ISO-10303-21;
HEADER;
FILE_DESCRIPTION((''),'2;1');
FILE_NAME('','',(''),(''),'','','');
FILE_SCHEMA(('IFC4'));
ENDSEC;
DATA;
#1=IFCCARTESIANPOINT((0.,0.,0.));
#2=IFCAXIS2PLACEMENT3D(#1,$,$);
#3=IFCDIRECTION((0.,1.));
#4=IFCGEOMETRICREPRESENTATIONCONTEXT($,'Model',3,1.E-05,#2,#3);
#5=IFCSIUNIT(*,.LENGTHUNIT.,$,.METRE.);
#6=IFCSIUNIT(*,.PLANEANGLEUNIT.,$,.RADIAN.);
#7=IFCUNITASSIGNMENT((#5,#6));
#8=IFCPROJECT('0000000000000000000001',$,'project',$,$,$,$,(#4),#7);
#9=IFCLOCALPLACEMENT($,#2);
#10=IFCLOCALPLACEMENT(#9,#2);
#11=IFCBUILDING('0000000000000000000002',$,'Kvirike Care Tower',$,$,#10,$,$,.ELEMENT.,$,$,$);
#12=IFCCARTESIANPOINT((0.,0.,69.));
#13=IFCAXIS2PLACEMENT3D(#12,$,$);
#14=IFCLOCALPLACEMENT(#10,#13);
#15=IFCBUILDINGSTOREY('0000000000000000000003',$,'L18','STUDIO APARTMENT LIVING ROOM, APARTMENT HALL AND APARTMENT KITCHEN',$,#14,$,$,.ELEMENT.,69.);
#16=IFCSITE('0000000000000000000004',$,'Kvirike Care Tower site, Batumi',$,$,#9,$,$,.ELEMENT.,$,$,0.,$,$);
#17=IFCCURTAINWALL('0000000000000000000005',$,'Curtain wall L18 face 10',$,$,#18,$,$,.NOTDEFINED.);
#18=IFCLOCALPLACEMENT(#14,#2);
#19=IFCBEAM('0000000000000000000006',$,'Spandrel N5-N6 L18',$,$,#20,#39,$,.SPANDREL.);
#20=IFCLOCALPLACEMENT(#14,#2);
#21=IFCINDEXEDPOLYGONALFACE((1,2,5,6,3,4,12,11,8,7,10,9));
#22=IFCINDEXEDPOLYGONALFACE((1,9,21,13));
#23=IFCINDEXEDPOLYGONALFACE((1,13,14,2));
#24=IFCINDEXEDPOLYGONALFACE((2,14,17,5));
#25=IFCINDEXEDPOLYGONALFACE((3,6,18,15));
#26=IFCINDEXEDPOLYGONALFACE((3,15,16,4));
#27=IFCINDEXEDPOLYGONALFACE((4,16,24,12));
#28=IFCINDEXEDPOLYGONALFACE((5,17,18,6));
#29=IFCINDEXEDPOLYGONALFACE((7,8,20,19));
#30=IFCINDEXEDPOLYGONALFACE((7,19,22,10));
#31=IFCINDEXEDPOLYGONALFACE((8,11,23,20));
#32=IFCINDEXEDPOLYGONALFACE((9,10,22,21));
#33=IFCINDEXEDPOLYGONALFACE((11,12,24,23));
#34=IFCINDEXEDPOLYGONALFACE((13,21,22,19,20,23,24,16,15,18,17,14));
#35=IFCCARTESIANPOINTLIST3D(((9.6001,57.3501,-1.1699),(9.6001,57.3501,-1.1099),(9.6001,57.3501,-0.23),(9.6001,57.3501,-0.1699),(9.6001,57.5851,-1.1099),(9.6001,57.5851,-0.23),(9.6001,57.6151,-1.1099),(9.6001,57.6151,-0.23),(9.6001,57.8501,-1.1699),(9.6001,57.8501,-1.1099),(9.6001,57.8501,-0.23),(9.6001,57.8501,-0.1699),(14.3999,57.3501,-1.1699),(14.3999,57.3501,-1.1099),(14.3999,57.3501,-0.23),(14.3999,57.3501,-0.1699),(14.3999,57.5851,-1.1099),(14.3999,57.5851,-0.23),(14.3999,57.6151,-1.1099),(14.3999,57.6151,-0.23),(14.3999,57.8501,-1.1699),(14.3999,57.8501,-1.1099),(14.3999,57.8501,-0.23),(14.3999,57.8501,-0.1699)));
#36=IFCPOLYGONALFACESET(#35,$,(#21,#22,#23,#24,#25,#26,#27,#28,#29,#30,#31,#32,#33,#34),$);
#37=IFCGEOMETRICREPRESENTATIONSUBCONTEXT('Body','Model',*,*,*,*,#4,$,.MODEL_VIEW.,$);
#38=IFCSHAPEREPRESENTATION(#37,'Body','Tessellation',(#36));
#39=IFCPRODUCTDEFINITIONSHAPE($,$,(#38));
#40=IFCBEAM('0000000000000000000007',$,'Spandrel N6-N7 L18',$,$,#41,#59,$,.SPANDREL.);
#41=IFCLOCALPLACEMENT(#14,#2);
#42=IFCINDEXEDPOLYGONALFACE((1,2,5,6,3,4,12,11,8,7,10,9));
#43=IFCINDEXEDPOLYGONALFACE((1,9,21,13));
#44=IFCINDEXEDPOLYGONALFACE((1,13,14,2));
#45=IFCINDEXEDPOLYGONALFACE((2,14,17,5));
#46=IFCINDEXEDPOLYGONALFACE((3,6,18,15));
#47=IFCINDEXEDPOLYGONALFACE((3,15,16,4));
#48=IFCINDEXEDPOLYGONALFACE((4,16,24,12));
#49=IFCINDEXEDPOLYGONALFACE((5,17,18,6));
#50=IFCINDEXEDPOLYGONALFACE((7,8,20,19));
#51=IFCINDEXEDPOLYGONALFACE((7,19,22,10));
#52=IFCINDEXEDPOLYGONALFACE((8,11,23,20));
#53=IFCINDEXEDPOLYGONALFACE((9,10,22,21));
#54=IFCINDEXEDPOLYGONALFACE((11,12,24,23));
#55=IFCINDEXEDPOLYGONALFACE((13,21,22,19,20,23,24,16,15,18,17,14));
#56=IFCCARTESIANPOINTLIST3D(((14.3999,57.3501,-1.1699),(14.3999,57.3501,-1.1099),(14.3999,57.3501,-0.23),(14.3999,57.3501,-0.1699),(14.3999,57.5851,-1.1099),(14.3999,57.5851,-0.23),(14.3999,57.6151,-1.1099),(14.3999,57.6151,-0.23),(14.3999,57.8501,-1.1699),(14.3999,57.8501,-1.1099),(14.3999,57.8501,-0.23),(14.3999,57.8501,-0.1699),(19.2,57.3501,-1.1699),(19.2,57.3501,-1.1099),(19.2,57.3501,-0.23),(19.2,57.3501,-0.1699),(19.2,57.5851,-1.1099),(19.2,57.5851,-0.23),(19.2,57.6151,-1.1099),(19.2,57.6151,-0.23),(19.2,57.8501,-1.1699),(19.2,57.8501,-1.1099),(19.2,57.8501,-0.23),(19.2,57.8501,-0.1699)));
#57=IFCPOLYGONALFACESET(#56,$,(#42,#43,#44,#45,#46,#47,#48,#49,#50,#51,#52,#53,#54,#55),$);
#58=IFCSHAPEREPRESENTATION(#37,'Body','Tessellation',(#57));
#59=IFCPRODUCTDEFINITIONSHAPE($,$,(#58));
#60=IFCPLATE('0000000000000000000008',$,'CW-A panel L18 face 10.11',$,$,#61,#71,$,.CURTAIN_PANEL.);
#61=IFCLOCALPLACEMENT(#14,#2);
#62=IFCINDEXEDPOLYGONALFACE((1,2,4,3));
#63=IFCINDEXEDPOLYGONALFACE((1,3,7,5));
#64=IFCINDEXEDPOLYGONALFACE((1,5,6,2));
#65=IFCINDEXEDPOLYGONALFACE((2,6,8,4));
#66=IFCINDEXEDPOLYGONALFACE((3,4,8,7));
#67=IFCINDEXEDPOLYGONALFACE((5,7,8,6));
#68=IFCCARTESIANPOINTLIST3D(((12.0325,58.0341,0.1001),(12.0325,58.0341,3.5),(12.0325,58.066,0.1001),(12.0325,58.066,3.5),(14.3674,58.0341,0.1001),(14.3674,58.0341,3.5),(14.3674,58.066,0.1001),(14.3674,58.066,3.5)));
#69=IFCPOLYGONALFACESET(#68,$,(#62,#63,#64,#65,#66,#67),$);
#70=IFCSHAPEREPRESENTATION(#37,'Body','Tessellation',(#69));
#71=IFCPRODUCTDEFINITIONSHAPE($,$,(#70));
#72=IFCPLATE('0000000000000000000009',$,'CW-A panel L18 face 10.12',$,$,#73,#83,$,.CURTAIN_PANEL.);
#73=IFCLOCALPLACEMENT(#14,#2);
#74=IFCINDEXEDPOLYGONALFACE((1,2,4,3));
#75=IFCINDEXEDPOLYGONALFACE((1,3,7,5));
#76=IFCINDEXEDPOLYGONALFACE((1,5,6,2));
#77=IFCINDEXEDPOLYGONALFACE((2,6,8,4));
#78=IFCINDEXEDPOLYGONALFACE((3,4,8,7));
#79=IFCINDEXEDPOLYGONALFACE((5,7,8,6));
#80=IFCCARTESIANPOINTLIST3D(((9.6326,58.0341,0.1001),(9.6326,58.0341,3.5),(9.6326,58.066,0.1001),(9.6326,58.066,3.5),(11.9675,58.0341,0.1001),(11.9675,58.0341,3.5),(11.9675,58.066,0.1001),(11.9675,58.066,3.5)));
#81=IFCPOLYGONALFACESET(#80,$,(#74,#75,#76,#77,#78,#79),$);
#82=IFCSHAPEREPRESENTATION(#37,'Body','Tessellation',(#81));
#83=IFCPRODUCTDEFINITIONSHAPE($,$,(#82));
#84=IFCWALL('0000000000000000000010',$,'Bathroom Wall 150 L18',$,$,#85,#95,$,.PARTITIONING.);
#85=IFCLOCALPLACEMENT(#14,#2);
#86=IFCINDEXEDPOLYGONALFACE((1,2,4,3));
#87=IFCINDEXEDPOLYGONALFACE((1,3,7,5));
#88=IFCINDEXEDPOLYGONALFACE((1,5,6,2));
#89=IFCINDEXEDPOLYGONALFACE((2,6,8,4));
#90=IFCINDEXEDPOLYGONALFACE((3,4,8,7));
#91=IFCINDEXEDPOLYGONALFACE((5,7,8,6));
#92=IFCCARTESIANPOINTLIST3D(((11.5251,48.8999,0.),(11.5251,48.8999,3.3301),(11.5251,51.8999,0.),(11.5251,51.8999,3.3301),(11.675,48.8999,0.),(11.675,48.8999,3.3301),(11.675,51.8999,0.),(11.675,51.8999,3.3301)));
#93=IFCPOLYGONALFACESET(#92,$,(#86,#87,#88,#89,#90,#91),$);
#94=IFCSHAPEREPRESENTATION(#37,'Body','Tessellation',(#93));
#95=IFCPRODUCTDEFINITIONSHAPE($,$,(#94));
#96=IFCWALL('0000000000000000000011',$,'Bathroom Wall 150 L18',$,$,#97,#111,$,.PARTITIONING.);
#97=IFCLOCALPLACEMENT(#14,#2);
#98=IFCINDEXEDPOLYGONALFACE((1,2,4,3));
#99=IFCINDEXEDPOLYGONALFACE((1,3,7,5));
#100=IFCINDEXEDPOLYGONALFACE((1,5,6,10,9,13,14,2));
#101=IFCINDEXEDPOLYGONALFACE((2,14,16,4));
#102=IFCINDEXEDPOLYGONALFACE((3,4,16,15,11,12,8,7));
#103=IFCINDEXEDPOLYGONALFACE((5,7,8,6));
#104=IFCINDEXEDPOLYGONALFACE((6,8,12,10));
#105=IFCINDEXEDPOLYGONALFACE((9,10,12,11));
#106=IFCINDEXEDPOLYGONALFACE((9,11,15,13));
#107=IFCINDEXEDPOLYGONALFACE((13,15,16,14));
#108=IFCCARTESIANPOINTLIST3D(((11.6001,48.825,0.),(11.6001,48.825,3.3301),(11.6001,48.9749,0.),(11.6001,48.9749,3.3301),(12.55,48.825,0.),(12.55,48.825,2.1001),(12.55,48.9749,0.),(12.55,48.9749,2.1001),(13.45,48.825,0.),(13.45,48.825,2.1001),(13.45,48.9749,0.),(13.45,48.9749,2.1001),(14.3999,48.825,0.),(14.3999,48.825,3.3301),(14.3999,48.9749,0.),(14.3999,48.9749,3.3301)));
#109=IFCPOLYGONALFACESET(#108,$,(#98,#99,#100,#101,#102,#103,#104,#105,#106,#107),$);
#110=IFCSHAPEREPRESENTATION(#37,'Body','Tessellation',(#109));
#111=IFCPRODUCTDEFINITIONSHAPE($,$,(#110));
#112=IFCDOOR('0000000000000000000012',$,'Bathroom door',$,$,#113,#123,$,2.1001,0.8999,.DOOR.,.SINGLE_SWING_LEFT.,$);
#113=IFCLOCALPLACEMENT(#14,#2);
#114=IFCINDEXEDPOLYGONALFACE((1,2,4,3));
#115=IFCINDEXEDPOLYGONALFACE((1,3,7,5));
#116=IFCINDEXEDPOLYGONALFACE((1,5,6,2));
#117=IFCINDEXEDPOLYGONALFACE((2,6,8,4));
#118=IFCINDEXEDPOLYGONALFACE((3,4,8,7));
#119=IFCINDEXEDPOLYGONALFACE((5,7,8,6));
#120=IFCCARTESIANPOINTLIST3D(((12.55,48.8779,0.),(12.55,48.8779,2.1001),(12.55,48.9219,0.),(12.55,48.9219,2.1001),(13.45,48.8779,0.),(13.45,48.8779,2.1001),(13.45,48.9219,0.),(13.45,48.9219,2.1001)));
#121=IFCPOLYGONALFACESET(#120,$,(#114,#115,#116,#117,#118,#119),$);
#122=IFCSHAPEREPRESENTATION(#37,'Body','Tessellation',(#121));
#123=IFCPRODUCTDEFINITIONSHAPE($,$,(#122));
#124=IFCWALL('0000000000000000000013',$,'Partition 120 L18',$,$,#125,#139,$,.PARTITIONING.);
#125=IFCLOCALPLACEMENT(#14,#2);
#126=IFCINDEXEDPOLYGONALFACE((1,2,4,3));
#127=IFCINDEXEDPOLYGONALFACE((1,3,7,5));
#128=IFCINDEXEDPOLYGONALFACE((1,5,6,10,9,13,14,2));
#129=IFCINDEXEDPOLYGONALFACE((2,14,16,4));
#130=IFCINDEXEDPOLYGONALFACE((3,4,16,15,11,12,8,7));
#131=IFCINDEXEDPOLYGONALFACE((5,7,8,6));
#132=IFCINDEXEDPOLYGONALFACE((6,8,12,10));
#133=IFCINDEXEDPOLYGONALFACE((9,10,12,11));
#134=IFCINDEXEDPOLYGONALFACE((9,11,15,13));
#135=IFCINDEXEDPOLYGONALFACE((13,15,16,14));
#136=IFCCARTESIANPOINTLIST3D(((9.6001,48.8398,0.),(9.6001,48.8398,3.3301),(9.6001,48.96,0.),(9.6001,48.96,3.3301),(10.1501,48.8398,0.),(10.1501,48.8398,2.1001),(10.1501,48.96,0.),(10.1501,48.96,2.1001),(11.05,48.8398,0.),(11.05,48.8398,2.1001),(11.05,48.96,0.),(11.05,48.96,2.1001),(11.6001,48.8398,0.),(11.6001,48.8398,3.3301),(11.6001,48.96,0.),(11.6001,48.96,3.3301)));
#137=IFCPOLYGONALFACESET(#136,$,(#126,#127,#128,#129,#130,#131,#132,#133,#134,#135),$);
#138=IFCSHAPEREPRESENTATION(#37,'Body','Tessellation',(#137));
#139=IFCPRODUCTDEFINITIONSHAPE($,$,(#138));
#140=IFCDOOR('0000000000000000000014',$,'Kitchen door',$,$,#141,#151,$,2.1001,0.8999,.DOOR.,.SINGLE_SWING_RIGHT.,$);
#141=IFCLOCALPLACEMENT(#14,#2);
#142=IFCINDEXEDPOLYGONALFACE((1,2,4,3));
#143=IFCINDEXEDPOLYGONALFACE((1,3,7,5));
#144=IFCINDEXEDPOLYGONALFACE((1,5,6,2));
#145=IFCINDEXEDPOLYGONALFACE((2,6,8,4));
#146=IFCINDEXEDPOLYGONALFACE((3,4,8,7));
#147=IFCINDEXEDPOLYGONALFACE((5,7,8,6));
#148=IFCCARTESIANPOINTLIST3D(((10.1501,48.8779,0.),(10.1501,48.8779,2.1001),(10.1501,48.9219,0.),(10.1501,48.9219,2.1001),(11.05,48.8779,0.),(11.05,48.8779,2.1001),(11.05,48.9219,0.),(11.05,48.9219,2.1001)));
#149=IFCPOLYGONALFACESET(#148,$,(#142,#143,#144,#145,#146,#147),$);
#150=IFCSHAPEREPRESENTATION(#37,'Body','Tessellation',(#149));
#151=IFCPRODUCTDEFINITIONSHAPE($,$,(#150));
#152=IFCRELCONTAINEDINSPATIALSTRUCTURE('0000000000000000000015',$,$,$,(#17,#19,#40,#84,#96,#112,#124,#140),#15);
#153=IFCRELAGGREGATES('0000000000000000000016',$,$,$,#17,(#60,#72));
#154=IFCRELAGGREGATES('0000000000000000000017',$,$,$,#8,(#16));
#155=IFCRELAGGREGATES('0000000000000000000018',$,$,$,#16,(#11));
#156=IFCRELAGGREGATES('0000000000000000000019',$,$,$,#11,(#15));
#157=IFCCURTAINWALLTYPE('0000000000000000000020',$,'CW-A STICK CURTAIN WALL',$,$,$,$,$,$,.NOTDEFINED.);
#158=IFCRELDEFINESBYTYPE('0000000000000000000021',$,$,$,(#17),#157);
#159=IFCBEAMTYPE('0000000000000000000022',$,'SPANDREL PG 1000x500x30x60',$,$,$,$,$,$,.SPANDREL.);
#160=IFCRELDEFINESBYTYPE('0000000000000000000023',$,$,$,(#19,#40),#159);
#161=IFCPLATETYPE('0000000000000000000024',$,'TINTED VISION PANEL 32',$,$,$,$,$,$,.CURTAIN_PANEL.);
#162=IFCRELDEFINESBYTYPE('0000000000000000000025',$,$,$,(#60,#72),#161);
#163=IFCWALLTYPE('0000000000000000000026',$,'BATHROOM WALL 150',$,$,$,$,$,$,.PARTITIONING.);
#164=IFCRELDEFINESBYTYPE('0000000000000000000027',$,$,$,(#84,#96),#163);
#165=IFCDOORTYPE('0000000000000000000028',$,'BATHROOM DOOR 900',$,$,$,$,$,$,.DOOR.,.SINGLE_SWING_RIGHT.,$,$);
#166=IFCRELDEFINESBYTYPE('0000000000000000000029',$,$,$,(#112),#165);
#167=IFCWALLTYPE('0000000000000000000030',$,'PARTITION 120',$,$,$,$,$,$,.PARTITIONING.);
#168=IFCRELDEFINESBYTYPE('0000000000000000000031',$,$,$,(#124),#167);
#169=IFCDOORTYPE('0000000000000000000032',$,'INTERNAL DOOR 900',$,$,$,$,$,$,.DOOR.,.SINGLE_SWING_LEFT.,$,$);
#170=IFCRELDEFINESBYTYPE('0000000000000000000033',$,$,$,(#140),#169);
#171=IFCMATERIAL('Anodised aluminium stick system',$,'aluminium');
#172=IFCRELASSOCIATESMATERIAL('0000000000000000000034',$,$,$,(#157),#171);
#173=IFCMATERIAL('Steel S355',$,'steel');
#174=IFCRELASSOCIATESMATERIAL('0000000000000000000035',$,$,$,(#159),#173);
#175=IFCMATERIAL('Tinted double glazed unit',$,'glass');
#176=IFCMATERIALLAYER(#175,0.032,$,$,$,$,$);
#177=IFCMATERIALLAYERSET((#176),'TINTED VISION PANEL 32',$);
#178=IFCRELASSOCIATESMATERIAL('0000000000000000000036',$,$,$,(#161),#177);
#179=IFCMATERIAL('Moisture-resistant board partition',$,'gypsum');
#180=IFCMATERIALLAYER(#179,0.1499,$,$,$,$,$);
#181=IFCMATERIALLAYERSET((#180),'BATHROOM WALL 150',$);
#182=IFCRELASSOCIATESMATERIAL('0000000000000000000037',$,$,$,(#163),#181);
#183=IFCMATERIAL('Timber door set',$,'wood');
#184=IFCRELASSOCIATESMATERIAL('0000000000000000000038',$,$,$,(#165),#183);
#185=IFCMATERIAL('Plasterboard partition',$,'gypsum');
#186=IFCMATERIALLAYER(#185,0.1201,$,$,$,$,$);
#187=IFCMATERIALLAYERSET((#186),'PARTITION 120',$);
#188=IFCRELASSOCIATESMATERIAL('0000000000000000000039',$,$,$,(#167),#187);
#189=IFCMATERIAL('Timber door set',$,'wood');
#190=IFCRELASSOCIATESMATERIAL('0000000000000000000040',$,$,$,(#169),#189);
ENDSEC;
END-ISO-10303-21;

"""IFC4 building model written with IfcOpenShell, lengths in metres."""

from ifc_helpers import new_model, si_unit, direction, frame, frame_2d, origin, origin_2d, place, context, subcontext, project, spatial, rectangle, i_section, extrude, material, layer, layer_set, material_profile, profile_set, type_object, element, fill, aggregate, save


model = new_model("IFC4")

# Units and contexts
model_context = context("Model", 3, precision=1e-05, world=origin(), true_north=direction((0.0, 1.0)))
body_context = subcontext(model_context, "Body", "Model", "MODEL_VIEW")
ifc_project = project(units=[si_unit("LENGTHUNIT", "METRE"), si_unit("PLANEANGLEUNIT", "RADIAN")], contexts=[model_context])

# Site, building, storey
site_placement = place(None, origin())
site = spatial("IfcSite", under=ifc_project, at=site_placement, Name="Kvirike Care Tower site, Batumi", CompositionType="ELEMENT", RefElevation=0.0)
building_placement = place(site_placement, origin())
building = spatial("IfcBuilding", under=site, at=building_placement, Name="Kvirike Care Tower", CompositionType="ELEMENT")
storey_placement = place(building_placement, frame((0.0, 0.0, 69.0)))
storey = spatial("IfcBuildingStorey", under=building, at=storey_placement, Name="L18", Description="STUDIO APARTMENT LIVING ROOM, APARTMENT HALL AND APARTMENT KITCHEN", CompositionType="ELEMENT", Elevation=69.0)

# Curtain wall
ifc_material_1 = material(Name="Anodised aluminium stick system", Category="aluminium")
curtain_wall_type = type_object("IfcCurtainWallType", Name="CW-A STICK CURTAIN WALL", PredefinedType="NOTDEFINED", material=ifc_material_1)
curtain_wall_placement = place(storey_placement, origin())
curtain_wall = element("IfcCurtainWall", 1, at=curtain_wall_placement, inside=storey, type_object=curtain_wall_type, Name="Curtain wall L18 face 10", PredefinedType="NOTDEFINED")

# Beams
ifc_material_2 = material(Name="Steel S355", Category="steel")
ifc_material_profile_1 = material_profile(ifc_material_2, i_section(OverallWidth=0.5, OverallDepth=1.0, WebThickness=0.03, FlangeThickness=0.0601, at=origin_2d()), Name="PG 1000x500x30x60")
ifc_profile_set_1 = profile_set([ifc_material_profile_1], Name="Steel S355")
beam_type_1 = type_object("IfcBeamType", Name="SPANDREL PG 1000x500x30x60", PredefinedType="SPANDREL", material=ifc_profile_set_1)
beam_1_placement = place(storey_placement, frame((9.6001, 57.6001, -0.6699), z_axis=(1.0, 0.0, 0.0), x_axis=(0.0, 1.0, 0.0)))
element("IfcBeam", 2, at=beam_1_placement, inside=storey, type_object=beam_type_1, Name="Spandrel N5-N6 L18", PredefinedType="SPANDREL", context=body_context, shape_type="SweptSolid", body=[
    extrude(i_section(OverallWidth=0.5, OverallDepth=1.0, WebThickness=0.03, FlangeThickness=0.0601, at=origin_2d()), origin(), (0.0, 0.0, 1.0), 4.7998),
])
beam_2_placement = place(storey_placement, frame((14.3999, 57.6001, -0.6699), z_axis=(1.0, 0.0, 0.0), x_axis=(0.0, 1.0, 0.0)))
element("IfcBeam", 3, at=beam_2_placement, inside=storey, type_object=beam_type_1, Name="Spandrel N6-N7 L18", PredefinedType="SPANDREL", context=body_context, shape_type="SweptSolid", body=[
    extrude(i_section(OverallWidth=0.5, OverallDepth=1.0, WebThickness=0.03, FlangeThickness=0.0601, at=origin_2d()), origin(), (0.0, 0.0, 1.0), 4.8),
])

# Plates
ifc_material_3 = material(Name="Tinted double glazed unit", Category="glass")
ifc_layer_1 = layer(ifc_material_3, 0.032)
ifc_layer_set_1 = layer_set([ifc_layer_1], Name="TINTED VISION PANEL 32")
plate_type = type_object("IfcPlateType", Name="TINTED VISION PANEL 32", PredefinedType="CURTAIN_PANEL", material=ifc_layer_set_1)
plate_1_placement = place(storey_placement, frame((13.2, 58.05, 0.1001), z_axis=(0.0, 0.0, 1.0), x_axis=(-1.0, 0.0, 0.0)))
plate_1 = element("IfcPlate", 4, at=plate_1_placement, type_object=plate_type, Name="CW-A panel L18 face 10.11", PredefinedType="CURTAIN_PANEL", context=body_context, shape_type="SweptSolid", body=[
    extrude(rectangle(XDim=2.335, YDim=0.032, at=origin_2d()), origin(), (0.0, 0.0, 1.0), 3.3999),
])
plate_2_placement = place(storey_placement, frame((10.8, 58.05, 0.1001), z_axis=(0.0, 0.0, 1.0), x_axis=(-1.0, 0.0, 0.0)))
plate_2 = element("IfcPlate", 5, at=plate_2_placement, type_object=plate_type, Name="CW-A panel L18 face 10.12", PredefinedType="CURTAIN_PANEL", context=body_context, shape_type="SweptSolid", body=[
    extrude(rectangle(XDim=2.335, YDim=0.032, at=origin_2d()), origin(), (0.0, 0.0, 1.0), 3.3999),
])
aggregate(curtain_wall, [plate_1, plate_2])

# Wall
ifc_material_4 = material(Name="Moisture-resistant board partition", Category="gypsum")
ifc_layer_2 = layer(ifc_material_4, 0.1499)
ifc_layer_set_2 = layer_set([ifc_layer_2], Name="BATHROOM WALL 150")
wall_type_1 = type_object("IfcWallType", Name="BATHROOM WALL 150", PredefinedType="PARTITIONING", material=ifc_layer_set_2)
wall_1_placement = place(storey_placement, frame((11.6001, 51.8999, 0.0), z_axis=(0.0, 0.0, 1.0), x_axis=(0.0, -1.0, 0.0)))
element("IfcWall", 6, at=wall_1_placement, inside=storey, type_object=wall_type_1, Name="Bathroom Wall 150 L18", PredefinedType="PARTITIONING", context=body_context, shape_type="SweptSolid", body=[
    extrude(rectangle(XDim=3.0, YDim=0.1499, at=frame_2d((1.5, 0.0))), origin(), (0.0, 0.0, 1.0), 3.3301),
])

# Walls, openings, doors
wall_2_placement = place(storey_placement, frame((14.3999, 48.8999, 0.0), z_axis=(0.0, 0.0, 1.0), x_axis=(-1.0, 0.0, 0.0)))
wall_2 = element("IfcWall", 7, at=wall_2_placement, inside=storey, type_object=wall_type_1, Name="Bathroom Wall 150 L18", PredefinedType="PARTITIONING", context=body_context, shape_type="SweptSolid", body=[
    extrude(rectangle(XDim=2.7998, YDim=0.1499, at=frame_2d((1.3999, 0.0))), origin(), (0.0, 0.0, 1.0), 3.3301),
])
opening_1_placement = place(wall_2_placement, frame((0.95, 0.0, 0.0)))
opening_1 = element("IfcOpeningElement", 8, at=opening_1_placement, cuts=wall_2, PredefinedType="OPENING", context=body_context, shape_type="SweptSolid", body=[
    extrude(rectangle(XDim=0.8999, YDim=2.1001, at=frame_2d((0.45, 1.05))), frame((0.0, 0.0854, 0.0), z_axis=(0.0, -1.0, 0.0), x_axis=(1.0, 0.0, 0.0)), (0.0, 0.0, 1.0), 0.1709),
])
ifc_material_5 = material(Name="Timber door set", Category="wood")
door_type_1 = type_object("IfcDoorType", Name="BATHROOM DOOR 900", OperationType="SINGLE_SWING_RIGHT", PredefinedType="DOOR", material=ifc_material_5)
door_1_placement = place(opening_1_placement, frame((0.8999, 0.0, 0.0), z_axis=(0.0, 0.0, 1.0), x_axis=(-1.0, 0.0, 0.0)))
door_1 = element("IfcDoor", 9, at=door_1_placement, inside=storey, type_object=door_type_1, Name="Bathroom door", OperationType="SINGLE_SWING_LEFT", OverallHeight=2.1001, OverallWidth=0.8999, PredefinedType="DOOR", context=body_context, shape_type="SweptSolid", body=[
    extrude(rectangle(XDim=0.8999, YDim=2.1001, at=frame_2d((0.45, 1.05))), frame((0.0, 0.022, 0.0), z_axis=(0.0, -1.0, 0.0), x_axis=(1.0, 0.0, 0.0)), (0.0, 0.0, 1.0), 0.0439),
])
fill(opening_1, door_1)
ifc_material_6 = material(Name="Plasterboard partition", Category="gypsum")
ifc_layer_3 = layer(ifc_material_6, 0.1201)
ifc_layer_set_3 = layer_set([ifc_layer_3], Name="PARTITION 120")
wall_type_2 = type_object("IfcWallType", Name="PARTITION 120", PredefinedType="PARTITIONING", material=ifc_layer_set_3)
wall_3_placement = place(storey_placement, frame((11.6001, 48.8999, 0.0), z_axis=(0.0, 0.0, 1.0), x_axis=(-1.0, 0.0, 0.0)))
wall_3 = element("IfcWall", 10, at=wall_3_placement, inside=storey, type_object=wall_type_2, Name="Partition 120 L18", PredefinedType="PARTITIONING", context=body_context, shape_type="SweptSolid", body=[
    extrude(rectangle(XDim=2.0, YDim=0.1201, at=frame_2d((1.0, 0.0))), origin(), (0.0, 0.0, 1.0), 3.3301),
])
opening_2_placement = place(wall_3_placement, frame((0.55, 0.0, 0.0)))
opening_2 = element("IfcOpeningElement", 11, at=opening_2_placement, cuts=wall_3, PredefinedType="OPENING", context=body_context, shape_type="SweptSolid", body=[
    extrude(rectangle(XDim=0.8999, YDim=2.1001, at=frame_2d((0.45, 1.05))), frame((0.0, 0.0706, 0.0), z_axis=(0.0, -1.0, 0.0), x_axis=(1.0, 0.0, 0.0)), (0.0, 0.0, 1.0), 0.1411),
])
ifc_material_7 = material(Name="Timber door set", Category="wood")
door_type_2 = type_object("IfcDoorType", Name="INTERNAL DOOR 900", OperationType="SINGLE_SWING_LEFT", PredefinedType="DOOR", material=ifc_material_7)
door_2_placement = place(opening_2_placement, frame((0.8999, 0.0, 0.0), z_axis=(0.0, 0.0, 1.0), x_axis=(-1.0, 0.0, 0.0)))
door_2 = element("IfcDoor", 12, at=door_2_placement, inside=storey, type_object=door_type_2, Name="Kitchen door", OperationType="SINGLE_SWING_RIGHT", OverallHeight=2.1001, OverallWidth=0.8999, PredefinedType="DOOR", context=body_context, shape_type="SweptSolid", body=[
    extrude(rectangle(XDim=0.8999, YDim=2.1001, at=frame_2d((0.45, 1.05))), frame((0.0, 0.022, 0.0), z_axis=(0.0, -1.0, 0.0), x_axis=(1.0, 0.0, 0.0)), (0.0, 0.0, 1.0), 0.0439),
])
fill(opening_2, door_2)

save(model, "model.ifc")
